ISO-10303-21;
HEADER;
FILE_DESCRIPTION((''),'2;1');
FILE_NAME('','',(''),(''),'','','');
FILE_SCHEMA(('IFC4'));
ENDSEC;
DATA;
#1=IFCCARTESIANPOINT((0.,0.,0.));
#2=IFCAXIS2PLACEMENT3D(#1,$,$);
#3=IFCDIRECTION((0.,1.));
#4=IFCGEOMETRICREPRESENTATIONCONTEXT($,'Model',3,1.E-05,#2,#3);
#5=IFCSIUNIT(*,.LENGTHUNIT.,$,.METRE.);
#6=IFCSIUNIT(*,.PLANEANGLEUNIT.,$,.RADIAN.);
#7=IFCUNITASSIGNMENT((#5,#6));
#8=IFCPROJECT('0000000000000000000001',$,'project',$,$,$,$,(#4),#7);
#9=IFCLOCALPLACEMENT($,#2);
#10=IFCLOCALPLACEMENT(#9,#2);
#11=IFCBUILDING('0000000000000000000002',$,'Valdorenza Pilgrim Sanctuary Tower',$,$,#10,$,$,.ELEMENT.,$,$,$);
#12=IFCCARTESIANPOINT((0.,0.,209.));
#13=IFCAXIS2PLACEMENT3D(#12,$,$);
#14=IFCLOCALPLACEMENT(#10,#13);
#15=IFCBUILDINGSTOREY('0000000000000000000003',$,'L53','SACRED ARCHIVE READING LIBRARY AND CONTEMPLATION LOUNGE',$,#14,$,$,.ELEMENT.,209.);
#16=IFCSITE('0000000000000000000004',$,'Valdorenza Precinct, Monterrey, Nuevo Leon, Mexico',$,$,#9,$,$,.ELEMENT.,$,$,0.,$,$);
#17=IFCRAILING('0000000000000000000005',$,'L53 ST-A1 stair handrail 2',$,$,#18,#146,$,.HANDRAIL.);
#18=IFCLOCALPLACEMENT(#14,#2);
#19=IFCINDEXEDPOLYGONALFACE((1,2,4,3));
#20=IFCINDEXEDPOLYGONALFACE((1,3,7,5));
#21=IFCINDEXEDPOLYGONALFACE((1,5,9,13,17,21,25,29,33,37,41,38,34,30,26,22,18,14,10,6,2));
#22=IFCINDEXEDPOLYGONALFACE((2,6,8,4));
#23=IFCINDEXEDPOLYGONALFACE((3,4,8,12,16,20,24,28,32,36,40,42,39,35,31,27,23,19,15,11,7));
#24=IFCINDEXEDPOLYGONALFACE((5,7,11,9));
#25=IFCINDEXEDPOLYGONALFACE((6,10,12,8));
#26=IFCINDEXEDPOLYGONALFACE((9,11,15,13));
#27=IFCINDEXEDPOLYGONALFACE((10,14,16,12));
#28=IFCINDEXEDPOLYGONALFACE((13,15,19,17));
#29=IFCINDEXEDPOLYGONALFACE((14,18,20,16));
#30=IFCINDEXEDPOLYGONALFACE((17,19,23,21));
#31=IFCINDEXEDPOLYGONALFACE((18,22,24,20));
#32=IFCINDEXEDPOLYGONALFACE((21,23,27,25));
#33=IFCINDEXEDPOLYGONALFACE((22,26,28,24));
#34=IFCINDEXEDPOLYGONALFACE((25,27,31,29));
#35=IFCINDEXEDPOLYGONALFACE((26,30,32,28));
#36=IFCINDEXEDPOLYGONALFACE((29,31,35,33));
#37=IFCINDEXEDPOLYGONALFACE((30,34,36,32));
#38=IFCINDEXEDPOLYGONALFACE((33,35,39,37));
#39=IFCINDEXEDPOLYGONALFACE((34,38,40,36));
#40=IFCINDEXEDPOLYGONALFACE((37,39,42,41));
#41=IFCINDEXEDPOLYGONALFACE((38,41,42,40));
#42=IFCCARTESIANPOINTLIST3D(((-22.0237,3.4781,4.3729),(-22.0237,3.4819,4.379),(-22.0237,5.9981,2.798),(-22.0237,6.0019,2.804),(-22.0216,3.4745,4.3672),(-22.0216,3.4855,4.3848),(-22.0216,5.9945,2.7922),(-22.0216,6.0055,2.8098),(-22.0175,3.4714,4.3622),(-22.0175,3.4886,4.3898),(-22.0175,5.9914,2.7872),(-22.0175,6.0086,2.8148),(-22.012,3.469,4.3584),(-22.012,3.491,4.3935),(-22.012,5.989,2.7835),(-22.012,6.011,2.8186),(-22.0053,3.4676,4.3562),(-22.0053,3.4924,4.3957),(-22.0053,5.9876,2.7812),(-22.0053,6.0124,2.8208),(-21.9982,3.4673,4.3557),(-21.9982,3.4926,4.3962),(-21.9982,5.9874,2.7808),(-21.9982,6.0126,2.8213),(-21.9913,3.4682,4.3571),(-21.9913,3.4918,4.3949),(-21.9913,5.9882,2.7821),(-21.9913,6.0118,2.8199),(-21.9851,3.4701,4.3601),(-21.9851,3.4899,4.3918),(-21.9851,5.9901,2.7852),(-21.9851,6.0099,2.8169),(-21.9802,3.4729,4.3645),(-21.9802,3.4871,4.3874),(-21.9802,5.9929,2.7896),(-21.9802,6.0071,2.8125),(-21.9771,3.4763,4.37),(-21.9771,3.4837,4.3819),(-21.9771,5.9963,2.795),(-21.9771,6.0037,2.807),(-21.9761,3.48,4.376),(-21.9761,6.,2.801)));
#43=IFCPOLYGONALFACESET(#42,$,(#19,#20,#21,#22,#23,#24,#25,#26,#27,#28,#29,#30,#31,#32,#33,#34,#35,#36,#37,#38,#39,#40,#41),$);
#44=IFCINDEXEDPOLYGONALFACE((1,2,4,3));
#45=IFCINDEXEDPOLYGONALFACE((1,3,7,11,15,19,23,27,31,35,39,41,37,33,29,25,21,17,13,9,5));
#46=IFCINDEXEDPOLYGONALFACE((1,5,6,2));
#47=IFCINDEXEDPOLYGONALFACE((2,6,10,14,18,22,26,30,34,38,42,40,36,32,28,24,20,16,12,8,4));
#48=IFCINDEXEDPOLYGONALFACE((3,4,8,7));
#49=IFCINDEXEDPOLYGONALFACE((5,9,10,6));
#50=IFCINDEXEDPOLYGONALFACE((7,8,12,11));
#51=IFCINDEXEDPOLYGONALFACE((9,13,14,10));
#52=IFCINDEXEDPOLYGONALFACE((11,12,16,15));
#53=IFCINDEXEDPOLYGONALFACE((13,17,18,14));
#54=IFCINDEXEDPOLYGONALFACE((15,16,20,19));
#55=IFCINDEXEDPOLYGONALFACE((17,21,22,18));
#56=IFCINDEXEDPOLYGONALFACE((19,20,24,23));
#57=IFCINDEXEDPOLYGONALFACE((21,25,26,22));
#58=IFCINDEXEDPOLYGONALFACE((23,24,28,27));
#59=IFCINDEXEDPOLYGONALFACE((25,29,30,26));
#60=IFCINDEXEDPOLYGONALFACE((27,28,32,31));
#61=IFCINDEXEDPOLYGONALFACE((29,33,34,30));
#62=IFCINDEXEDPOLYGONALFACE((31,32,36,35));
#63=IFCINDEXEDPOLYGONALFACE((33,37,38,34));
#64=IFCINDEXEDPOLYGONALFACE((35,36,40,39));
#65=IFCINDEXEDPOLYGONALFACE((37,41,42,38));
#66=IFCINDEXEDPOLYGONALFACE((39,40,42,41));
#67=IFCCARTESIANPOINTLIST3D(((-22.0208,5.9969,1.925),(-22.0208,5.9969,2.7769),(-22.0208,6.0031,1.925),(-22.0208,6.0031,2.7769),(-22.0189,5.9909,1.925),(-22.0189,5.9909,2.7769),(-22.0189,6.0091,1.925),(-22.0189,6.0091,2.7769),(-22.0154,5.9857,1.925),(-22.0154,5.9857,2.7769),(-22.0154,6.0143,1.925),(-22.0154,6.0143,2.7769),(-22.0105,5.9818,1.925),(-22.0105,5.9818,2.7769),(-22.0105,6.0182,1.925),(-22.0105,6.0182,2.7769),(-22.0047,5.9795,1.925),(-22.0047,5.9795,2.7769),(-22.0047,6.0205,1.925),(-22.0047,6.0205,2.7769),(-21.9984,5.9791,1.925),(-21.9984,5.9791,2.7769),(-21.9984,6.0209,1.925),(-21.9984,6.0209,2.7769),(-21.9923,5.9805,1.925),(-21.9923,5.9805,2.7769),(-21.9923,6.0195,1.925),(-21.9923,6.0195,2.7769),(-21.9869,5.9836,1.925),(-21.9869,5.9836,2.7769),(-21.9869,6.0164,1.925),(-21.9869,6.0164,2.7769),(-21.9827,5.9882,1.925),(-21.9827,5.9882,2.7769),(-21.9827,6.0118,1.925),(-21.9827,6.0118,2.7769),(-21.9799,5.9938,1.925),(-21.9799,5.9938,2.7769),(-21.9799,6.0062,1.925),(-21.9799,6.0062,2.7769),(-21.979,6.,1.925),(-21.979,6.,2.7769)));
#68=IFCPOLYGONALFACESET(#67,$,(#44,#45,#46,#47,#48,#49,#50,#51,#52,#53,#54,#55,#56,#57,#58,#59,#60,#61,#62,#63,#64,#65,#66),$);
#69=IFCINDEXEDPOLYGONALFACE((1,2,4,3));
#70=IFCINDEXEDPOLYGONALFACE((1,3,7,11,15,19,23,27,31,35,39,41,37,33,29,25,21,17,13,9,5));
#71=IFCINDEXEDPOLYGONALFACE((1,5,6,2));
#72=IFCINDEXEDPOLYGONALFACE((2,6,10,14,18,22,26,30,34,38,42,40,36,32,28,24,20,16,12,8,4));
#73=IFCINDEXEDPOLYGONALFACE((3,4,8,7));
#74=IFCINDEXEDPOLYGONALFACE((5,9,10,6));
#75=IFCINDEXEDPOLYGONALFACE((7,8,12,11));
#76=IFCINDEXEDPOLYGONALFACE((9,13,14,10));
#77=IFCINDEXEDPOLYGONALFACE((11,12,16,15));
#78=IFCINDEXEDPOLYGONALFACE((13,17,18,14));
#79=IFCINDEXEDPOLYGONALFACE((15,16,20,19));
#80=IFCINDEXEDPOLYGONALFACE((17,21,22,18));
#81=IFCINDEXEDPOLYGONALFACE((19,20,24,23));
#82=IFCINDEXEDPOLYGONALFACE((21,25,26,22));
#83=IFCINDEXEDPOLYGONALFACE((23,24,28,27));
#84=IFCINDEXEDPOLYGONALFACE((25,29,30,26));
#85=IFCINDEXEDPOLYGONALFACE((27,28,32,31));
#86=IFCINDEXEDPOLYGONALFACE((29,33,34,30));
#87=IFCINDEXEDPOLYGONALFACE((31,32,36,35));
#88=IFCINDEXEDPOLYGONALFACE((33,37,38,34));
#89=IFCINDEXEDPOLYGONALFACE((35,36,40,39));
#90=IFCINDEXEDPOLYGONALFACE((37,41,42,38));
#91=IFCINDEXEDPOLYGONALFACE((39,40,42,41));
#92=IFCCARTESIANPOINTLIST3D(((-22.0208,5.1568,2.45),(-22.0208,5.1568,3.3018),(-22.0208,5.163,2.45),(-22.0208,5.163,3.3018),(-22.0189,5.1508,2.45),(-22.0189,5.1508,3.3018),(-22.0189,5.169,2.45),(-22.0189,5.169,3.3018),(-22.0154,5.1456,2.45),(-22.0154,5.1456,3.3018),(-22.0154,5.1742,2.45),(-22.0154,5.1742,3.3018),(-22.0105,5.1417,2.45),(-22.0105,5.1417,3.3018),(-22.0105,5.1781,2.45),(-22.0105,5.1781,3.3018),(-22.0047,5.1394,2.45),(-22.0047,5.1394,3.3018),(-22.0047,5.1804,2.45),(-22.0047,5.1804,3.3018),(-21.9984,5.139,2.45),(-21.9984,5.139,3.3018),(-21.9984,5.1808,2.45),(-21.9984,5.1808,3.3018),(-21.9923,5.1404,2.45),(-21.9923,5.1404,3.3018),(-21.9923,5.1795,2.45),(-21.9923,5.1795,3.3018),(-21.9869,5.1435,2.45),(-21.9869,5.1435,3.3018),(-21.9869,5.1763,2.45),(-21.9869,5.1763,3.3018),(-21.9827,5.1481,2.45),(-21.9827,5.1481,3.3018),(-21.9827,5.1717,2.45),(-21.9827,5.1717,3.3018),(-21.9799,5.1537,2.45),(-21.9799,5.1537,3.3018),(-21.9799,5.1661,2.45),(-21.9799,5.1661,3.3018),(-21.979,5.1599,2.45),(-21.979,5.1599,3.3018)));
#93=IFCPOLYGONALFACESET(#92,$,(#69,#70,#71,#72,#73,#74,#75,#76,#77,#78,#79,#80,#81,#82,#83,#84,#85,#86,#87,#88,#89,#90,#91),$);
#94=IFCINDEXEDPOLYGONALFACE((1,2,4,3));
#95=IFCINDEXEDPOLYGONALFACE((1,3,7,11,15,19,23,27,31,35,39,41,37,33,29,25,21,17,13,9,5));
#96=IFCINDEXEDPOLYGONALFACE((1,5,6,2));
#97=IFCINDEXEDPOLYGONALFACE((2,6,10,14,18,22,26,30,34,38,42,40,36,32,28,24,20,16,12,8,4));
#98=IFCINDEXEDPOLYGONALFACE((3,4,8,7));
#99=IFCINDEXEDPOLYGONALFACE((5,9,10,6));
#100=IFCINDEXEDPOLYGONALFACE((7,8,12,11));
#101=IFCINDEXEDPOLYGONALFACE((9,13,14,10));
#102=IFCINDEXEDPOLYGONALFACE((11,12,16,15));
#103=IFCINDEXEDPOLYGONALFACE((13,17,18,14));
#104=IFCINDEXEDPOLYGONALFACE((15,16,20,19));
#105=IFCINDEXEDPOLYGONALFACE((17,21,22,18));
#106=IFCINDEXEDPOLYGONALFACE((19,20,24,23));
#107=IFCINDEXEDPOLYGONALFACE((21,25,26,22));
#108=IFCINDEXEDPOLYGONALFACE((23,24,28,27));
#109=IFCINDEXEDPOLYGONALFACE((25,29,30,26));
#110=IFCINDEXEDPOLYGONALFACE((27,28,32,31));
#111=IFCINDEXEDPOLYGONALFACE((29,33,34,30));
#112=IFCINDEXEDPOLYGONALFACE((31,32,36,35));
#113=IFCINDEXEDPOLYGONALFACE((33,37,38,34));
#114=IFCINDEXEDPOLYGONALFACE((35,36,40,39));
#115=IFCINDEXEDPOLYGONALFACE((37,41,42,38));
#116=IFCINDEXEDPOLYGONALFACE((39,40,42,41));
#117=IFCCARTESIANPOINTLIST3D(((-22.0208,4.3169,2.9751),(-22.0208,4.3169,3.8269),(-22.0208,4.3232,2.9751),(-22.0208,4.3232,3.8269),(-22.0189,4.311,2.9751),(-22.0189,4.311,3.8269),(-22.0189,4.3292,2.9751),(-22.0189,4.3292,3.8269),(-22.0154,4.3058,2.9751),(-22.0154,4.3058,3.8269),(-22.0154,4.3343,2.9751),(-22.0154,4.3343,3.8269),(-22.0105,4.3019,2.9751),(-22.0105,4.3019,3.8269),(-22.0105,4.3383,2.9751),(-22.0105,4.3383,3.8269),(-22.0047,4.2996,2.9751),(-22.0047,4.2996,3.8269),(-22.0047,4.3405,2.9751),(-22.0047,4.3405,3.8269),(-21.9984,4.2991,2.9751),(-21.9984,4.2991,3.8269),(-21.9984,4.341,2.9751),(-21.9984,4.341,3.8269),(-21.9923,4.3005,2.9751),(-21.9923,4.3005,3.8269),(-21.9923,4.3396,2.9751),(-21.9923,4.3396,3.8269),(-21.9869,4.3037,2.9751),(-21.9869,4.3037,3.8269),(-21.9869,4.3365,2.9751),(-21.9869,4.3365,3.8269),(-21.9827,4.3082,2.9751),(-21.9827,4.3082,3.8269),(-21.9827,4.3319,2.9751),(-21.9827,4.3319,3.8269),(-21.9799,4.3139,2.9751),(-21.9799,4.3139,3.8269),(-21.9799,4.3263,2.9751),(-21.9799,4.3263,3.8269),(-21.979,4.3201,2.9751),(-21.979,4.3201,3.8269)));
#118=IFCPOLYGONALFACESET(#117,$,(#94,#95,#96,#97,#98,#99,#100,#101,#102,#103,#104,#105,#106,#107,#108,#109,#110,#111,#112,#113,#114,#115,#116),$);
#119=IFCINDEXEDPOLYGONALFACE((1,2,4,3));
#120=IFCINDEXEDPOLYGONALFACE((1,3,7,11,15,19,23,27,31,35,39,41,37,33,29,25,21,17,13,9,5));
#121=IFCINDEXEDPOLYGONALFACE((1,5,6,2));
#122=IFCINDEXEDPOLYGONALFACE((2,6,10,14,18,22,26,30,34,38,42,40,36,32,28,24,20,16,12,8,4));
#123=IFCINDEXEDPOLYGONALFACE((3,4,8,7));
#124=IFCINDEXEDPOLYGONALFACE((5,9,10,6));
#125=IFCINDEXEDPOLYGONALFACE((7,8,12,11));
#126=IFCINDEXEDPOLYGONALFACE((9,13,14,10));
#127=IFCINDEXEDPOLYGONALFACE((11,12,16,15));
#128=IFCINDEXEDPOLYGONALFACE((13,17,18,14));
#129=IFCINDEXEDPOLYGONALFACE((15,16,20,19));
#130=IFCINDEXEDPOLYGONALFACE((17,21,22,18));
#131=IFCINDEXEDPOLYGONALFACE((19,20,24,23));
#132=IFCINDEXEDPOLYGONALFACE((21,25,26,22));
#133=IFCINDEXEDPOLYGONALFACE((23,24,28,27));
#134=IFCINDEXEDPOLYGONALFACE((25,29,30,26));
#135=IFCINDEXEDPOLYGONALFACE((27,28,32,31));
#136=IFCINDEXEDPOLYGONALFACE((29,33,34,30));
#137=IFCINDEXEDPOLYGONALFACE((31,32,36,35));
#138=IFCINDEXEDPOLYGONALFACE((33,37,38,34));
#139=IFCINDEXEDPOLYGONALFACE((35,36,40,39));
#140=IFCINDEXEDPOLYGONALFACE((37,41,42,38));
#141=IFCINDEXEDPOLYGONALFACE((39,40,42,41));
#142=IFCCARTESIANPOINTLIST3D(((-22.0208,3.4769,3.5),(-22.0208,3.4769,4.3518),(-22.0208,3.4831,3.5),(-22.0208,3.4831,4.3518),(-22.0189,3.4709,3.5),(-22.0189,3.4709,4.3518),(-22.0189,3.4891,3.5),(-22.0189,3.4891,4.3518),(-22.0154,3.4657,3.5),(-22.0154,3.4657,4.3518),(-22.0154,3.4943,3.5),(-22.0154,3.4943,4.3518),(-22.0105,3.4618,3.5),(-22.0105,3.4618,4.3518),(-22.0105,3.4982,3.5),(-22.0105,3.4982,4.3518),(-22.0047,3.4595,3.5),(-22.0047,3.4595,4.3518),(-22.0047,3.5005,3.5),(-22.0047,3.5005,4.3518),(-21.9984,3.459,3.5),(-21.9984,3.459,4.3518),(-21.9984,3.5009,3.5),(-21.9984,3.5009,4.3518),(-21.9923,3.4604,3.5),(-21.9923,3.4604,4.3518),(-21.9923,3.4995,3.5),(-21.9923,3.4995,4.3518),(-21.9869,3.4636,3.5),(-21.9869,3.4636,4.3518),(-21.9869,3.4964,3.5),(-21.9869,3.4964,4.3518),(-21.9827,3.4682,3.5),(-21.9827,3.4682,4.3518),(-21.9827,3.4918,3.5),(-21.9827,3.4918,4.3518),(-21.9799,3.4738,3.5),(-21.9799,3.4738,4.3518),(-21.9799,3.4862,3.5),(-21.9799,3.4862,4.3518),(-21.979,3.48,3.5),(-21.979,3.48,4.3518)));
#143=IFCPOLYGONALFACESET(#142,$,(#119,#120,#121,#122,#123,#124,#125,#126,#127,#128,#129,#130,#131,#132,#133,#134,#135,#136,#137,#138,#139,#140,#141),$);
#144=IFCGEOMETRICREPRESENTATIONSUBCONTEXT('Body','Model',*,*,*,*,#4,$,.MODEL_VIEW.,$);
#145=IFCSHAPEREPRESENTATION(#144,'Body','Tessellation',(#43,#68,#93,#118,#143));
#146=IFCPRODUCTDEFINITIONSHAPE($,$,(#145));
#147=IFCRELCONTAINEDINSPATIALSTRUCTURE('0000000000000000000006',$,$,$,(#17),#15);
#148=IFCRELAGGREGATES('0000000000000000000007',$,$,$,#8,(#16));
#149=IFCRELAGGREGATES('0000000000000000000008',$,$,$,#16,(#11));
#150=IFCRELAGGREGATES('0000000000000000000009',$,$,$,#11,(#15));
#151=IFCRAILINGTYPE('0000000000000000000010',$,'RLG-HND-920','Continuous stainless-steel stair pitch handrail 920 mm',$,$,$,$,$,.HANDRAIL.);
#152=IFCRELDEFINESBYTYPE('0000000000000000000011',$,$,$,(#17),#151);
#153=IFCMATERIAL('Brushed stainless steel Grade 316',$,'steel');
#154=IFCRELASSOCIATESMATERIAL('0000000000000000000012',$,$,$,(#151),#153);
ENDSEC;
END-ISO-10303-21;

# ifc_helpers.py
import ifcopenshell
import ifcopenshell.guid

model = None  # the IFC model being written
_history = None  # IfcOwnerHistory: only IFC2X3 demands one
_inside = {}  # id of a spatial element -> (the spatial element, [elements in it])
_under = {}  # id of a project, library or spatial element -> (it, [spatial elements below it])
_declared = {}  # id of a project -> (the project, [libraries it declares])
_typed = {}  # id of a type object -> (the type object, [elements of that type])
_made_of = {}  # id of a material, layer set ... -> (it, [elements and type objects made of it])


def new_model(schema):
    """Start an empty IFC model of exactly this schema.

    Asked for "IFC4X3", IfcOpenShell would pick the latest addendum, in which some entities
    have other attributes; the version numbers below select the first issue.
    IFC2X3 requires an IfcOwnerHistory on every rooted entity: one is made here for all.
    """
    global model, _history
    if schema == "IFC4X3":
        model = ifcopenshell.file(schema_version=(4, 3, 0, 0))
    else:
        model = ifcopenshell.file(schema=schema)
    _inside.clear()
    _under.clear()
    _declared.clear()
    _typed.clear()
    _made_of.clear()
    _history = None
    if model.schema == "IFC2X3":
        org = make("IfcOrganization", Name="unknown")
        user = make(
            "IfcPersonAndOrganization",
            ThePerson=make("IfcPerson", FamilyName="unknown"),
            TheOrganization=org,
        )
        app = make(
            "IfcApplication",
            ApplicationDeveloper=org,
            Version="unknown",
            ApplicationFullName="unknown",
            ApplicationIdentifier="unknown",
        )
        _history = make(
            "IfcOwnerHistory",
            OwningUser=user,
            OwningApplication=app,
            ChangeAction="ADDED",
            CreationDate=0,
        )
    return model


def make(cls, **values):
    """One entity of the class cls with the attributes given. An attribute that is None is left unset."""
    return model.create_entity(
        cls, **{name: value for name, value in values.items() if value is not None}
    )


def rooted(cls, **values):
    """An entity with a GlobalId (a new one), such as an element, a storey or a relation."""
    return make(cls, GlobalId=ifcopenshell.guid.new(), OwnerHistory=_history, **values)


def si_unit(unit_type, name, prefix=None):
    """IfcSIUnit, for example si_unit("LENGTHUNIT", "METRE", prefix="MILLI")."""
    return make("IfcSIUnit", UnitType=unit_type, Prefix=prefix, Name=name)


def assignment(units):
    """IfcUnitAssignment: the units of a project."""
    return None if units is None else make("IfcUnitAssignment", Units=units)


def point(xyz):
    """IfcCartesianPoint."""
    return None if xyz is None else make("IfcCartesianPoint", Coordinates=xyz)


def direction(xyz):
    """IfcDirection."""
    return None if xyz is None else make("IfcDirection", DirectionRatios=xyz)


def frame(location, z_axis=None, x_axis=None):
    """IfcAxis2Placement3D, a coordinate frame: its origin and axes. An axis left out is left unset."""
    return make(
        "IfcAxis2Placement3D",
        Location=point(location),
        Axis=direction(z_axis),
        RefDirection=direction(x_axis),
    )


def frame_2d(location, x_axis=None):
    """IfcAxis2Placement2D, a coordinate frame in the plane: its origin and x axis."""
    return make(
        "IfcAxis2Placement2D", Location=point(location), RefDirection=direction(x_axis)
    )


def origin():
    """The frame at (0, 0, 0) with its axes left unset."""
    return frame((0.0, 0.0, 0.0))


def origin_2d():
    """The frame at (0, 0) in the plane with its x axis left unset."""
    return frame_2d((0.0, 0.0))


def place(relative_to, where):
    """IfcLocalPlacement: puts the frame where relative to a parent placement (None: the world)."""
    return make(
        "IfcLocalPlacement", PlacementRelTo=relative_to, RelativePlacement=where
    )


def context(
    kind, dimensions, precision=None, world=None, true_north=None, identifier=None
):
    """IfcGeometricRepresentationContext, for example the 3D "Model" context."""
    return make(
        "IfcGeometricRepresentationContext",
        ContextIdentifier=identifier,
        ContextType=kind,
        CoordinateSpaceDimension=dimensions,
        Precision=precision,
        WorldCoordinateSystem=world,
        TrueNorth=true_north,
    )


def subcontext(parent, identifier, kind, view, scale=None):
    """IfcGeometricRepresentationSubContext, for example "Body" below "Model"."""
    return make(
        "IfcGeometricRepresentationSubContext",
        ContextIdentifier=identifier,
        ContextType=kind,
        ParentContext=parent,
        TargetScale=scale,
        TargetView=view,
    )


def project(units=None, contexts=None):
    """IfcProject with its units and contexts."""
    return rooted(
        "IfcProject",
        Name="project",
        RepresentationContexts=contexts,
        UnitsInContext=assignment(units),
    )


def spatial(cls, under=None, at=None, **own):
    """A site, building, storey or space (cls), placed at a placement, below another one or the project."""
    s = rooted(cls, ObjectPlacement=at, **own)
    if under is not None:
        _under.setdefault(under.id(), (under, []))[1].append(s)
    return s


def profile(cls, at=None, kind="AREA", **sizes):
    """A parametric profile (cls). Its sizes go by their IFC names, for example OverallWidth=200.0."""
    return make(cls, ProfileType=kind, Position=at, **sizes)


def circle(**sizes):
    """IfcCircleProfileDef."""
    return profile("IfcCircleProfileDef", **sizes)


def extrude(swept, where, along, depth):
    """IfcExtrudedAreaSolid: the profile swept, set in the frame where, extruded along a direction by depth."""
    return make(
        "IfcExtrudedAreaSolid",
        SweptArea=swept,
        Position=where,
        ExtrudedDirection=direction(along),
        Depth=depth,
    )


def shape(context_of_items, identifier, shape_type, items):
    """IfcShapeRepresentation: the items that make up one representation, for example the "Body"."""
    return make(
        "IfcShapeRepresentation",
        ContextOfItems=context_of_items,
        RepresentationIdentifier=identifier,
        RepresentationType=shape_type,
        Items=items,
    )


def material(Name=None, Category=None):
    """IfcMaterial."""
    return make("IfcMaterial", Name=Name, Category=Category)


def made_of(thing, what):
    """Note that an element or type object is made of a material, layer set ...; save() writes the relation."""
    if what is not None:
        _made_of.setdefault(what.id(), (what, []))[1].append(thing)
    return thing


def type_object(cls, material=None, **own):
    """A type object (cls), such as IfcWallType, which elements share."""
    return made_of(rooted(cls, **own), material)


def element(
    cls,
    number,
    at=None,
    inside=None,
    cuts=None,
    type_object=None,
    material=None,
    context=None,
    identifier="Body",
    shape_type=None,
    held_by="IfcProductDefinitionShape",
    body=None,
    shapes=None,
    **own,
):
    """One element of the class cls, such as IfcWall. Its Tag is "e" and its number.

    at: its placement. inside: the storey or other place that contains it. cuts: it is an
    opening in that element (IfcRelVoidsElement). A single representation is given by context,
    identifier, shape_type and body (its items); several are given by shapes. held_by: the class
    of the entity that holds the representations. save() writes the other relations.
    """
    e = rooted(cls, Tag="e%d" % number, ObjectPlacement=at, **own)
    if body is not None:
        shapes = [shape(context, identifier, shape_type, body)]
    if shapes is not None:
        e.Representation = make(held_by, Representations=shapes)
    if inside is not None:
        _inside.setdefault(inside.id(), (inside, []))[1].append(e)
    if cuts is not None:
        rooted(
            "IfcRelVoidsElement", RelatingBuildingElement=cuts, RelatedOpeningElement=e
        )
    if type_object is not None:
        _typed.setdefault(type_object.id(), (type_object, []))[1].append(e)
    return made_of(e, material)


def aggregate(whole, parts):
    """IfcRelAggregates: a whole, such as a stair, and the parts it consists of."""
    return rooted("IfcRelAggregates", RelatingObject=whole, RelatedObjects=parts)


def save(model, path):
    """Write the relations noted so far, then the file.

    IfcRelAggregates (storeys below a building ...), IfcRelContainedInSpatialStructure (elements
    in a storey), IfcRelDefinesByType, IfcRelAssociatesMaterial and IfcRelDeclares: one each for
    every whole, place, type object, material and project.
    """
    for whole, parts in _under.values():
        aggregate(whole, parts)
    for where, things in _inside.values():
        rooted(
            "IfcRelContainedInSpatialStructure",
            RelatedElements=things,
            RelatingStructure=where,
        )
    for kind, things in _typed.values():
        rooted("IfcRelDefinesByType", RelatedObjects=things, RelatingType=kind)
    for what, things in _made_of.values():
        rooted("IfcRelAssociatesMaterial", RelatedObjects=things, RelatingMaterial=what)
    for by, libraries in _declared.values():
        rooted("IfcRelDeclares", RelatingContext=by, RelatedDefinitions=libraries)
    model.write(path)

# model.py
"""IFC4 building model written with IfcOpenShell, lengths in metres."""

from ifc_helpers import new_model, si_unit, direction, frame, origin, origin_2d, place, context, subcontext, project, spatial, circle, extrude, material, type_object, element, save


model = new_model("IFC4")

# Units and contexts
model_context = context("Model", 3, precision=1e-05, world=origin(), true_north=direction((0.0, 1.0)))
body_context = subcontext(model_context, "Body", "Model", "MODEL_VIEW")
ifc_project = project(units=[si_unit("LENGTHUNIT", "METRE"), si_unit("PLANEANGLEUNIT", "RADIAN")], contexts=[model_context])

# Site, building, storey
site_placement = place(None, origin())
site = spatial("IfcSite", under=ifc_project, at=site_placement, Name="Valdorenza Precinct, Monterrey, Nuevo Leon, Mexico", CompositionType="ELEMENT", RefElevation=0.0)
building_placement = place(site_placement, origin())
building = spatial("IfcBuilding", under=site, at=building_placement, Name="Valdorenza Pilgrim Sanctuary Tower", CompositionType="ELEMENT")
storey_placement = place(building_placement, frame((0.0, 0.0, 209.0)))
storey = spatial("IfcBuildingStorey", under=building, at=storey_placement, Name="L53", Description="SACRED ARCHIVE READING LIBRARY AND CONTEMPLATION LOUNGE", CompositionType="ELEMENT", Elevation=209.0)

# Railing
ifc_material_1 = material(Name="Brushed stainless steel Grade 316", Category="steel")
railing_type_1 = type_object("IfcRailingType", Name="RLG-HND-920", Description="Continuous stainless-steel stair pitch handrail 920 mm", PredefinedType="HANDRAIL", material=ifc_material_1)
railing_1_placement = place(storey_placement, frame((-22.0, 6.0, 1.925)))
element("IfcRailing", 1, at=railing_1_placement, inside=storey, type_object=railing_type_1, Name="L53 ST-A1 stair handrail 2", PredefinedType="HANDRAIL", context=body_context, shape_type="SweptSolid", body=[
    extrude(circle(Radius=0.0239, at=origin_2d()), frame((0.0, 0.0, 0.876), z_axis=(0.0, -0.848008, 0.529984), x_axis=(1.0, 0.0, 0.0)), (0.0, 0.0, 1.0), 2.9717),
    extrude(circle(Radius=0.021, at=origin_2d()), origin(), (0.0, 0.0, 1.0), 0.8518),
    extrude(circle(Radius=0.021, at=origin_2d()), frame((0.0, -0.8401, 0.5249)), (0.0, 0.0, 1.0), 0.8518),
    extrude(circle(Radius=0.021, at=origin_2d()), frame((0.0, -1.6799, 1.05)), (0.0, 0.0, 1.0), 0.8518),
    extrude(circle(Radius=0.021, at=origin_2d()), frame((0.0, -2.52, 1.575)), (0.0, 0.0, 1.0), 0.8518),
])

save(model, "model.ifc")
